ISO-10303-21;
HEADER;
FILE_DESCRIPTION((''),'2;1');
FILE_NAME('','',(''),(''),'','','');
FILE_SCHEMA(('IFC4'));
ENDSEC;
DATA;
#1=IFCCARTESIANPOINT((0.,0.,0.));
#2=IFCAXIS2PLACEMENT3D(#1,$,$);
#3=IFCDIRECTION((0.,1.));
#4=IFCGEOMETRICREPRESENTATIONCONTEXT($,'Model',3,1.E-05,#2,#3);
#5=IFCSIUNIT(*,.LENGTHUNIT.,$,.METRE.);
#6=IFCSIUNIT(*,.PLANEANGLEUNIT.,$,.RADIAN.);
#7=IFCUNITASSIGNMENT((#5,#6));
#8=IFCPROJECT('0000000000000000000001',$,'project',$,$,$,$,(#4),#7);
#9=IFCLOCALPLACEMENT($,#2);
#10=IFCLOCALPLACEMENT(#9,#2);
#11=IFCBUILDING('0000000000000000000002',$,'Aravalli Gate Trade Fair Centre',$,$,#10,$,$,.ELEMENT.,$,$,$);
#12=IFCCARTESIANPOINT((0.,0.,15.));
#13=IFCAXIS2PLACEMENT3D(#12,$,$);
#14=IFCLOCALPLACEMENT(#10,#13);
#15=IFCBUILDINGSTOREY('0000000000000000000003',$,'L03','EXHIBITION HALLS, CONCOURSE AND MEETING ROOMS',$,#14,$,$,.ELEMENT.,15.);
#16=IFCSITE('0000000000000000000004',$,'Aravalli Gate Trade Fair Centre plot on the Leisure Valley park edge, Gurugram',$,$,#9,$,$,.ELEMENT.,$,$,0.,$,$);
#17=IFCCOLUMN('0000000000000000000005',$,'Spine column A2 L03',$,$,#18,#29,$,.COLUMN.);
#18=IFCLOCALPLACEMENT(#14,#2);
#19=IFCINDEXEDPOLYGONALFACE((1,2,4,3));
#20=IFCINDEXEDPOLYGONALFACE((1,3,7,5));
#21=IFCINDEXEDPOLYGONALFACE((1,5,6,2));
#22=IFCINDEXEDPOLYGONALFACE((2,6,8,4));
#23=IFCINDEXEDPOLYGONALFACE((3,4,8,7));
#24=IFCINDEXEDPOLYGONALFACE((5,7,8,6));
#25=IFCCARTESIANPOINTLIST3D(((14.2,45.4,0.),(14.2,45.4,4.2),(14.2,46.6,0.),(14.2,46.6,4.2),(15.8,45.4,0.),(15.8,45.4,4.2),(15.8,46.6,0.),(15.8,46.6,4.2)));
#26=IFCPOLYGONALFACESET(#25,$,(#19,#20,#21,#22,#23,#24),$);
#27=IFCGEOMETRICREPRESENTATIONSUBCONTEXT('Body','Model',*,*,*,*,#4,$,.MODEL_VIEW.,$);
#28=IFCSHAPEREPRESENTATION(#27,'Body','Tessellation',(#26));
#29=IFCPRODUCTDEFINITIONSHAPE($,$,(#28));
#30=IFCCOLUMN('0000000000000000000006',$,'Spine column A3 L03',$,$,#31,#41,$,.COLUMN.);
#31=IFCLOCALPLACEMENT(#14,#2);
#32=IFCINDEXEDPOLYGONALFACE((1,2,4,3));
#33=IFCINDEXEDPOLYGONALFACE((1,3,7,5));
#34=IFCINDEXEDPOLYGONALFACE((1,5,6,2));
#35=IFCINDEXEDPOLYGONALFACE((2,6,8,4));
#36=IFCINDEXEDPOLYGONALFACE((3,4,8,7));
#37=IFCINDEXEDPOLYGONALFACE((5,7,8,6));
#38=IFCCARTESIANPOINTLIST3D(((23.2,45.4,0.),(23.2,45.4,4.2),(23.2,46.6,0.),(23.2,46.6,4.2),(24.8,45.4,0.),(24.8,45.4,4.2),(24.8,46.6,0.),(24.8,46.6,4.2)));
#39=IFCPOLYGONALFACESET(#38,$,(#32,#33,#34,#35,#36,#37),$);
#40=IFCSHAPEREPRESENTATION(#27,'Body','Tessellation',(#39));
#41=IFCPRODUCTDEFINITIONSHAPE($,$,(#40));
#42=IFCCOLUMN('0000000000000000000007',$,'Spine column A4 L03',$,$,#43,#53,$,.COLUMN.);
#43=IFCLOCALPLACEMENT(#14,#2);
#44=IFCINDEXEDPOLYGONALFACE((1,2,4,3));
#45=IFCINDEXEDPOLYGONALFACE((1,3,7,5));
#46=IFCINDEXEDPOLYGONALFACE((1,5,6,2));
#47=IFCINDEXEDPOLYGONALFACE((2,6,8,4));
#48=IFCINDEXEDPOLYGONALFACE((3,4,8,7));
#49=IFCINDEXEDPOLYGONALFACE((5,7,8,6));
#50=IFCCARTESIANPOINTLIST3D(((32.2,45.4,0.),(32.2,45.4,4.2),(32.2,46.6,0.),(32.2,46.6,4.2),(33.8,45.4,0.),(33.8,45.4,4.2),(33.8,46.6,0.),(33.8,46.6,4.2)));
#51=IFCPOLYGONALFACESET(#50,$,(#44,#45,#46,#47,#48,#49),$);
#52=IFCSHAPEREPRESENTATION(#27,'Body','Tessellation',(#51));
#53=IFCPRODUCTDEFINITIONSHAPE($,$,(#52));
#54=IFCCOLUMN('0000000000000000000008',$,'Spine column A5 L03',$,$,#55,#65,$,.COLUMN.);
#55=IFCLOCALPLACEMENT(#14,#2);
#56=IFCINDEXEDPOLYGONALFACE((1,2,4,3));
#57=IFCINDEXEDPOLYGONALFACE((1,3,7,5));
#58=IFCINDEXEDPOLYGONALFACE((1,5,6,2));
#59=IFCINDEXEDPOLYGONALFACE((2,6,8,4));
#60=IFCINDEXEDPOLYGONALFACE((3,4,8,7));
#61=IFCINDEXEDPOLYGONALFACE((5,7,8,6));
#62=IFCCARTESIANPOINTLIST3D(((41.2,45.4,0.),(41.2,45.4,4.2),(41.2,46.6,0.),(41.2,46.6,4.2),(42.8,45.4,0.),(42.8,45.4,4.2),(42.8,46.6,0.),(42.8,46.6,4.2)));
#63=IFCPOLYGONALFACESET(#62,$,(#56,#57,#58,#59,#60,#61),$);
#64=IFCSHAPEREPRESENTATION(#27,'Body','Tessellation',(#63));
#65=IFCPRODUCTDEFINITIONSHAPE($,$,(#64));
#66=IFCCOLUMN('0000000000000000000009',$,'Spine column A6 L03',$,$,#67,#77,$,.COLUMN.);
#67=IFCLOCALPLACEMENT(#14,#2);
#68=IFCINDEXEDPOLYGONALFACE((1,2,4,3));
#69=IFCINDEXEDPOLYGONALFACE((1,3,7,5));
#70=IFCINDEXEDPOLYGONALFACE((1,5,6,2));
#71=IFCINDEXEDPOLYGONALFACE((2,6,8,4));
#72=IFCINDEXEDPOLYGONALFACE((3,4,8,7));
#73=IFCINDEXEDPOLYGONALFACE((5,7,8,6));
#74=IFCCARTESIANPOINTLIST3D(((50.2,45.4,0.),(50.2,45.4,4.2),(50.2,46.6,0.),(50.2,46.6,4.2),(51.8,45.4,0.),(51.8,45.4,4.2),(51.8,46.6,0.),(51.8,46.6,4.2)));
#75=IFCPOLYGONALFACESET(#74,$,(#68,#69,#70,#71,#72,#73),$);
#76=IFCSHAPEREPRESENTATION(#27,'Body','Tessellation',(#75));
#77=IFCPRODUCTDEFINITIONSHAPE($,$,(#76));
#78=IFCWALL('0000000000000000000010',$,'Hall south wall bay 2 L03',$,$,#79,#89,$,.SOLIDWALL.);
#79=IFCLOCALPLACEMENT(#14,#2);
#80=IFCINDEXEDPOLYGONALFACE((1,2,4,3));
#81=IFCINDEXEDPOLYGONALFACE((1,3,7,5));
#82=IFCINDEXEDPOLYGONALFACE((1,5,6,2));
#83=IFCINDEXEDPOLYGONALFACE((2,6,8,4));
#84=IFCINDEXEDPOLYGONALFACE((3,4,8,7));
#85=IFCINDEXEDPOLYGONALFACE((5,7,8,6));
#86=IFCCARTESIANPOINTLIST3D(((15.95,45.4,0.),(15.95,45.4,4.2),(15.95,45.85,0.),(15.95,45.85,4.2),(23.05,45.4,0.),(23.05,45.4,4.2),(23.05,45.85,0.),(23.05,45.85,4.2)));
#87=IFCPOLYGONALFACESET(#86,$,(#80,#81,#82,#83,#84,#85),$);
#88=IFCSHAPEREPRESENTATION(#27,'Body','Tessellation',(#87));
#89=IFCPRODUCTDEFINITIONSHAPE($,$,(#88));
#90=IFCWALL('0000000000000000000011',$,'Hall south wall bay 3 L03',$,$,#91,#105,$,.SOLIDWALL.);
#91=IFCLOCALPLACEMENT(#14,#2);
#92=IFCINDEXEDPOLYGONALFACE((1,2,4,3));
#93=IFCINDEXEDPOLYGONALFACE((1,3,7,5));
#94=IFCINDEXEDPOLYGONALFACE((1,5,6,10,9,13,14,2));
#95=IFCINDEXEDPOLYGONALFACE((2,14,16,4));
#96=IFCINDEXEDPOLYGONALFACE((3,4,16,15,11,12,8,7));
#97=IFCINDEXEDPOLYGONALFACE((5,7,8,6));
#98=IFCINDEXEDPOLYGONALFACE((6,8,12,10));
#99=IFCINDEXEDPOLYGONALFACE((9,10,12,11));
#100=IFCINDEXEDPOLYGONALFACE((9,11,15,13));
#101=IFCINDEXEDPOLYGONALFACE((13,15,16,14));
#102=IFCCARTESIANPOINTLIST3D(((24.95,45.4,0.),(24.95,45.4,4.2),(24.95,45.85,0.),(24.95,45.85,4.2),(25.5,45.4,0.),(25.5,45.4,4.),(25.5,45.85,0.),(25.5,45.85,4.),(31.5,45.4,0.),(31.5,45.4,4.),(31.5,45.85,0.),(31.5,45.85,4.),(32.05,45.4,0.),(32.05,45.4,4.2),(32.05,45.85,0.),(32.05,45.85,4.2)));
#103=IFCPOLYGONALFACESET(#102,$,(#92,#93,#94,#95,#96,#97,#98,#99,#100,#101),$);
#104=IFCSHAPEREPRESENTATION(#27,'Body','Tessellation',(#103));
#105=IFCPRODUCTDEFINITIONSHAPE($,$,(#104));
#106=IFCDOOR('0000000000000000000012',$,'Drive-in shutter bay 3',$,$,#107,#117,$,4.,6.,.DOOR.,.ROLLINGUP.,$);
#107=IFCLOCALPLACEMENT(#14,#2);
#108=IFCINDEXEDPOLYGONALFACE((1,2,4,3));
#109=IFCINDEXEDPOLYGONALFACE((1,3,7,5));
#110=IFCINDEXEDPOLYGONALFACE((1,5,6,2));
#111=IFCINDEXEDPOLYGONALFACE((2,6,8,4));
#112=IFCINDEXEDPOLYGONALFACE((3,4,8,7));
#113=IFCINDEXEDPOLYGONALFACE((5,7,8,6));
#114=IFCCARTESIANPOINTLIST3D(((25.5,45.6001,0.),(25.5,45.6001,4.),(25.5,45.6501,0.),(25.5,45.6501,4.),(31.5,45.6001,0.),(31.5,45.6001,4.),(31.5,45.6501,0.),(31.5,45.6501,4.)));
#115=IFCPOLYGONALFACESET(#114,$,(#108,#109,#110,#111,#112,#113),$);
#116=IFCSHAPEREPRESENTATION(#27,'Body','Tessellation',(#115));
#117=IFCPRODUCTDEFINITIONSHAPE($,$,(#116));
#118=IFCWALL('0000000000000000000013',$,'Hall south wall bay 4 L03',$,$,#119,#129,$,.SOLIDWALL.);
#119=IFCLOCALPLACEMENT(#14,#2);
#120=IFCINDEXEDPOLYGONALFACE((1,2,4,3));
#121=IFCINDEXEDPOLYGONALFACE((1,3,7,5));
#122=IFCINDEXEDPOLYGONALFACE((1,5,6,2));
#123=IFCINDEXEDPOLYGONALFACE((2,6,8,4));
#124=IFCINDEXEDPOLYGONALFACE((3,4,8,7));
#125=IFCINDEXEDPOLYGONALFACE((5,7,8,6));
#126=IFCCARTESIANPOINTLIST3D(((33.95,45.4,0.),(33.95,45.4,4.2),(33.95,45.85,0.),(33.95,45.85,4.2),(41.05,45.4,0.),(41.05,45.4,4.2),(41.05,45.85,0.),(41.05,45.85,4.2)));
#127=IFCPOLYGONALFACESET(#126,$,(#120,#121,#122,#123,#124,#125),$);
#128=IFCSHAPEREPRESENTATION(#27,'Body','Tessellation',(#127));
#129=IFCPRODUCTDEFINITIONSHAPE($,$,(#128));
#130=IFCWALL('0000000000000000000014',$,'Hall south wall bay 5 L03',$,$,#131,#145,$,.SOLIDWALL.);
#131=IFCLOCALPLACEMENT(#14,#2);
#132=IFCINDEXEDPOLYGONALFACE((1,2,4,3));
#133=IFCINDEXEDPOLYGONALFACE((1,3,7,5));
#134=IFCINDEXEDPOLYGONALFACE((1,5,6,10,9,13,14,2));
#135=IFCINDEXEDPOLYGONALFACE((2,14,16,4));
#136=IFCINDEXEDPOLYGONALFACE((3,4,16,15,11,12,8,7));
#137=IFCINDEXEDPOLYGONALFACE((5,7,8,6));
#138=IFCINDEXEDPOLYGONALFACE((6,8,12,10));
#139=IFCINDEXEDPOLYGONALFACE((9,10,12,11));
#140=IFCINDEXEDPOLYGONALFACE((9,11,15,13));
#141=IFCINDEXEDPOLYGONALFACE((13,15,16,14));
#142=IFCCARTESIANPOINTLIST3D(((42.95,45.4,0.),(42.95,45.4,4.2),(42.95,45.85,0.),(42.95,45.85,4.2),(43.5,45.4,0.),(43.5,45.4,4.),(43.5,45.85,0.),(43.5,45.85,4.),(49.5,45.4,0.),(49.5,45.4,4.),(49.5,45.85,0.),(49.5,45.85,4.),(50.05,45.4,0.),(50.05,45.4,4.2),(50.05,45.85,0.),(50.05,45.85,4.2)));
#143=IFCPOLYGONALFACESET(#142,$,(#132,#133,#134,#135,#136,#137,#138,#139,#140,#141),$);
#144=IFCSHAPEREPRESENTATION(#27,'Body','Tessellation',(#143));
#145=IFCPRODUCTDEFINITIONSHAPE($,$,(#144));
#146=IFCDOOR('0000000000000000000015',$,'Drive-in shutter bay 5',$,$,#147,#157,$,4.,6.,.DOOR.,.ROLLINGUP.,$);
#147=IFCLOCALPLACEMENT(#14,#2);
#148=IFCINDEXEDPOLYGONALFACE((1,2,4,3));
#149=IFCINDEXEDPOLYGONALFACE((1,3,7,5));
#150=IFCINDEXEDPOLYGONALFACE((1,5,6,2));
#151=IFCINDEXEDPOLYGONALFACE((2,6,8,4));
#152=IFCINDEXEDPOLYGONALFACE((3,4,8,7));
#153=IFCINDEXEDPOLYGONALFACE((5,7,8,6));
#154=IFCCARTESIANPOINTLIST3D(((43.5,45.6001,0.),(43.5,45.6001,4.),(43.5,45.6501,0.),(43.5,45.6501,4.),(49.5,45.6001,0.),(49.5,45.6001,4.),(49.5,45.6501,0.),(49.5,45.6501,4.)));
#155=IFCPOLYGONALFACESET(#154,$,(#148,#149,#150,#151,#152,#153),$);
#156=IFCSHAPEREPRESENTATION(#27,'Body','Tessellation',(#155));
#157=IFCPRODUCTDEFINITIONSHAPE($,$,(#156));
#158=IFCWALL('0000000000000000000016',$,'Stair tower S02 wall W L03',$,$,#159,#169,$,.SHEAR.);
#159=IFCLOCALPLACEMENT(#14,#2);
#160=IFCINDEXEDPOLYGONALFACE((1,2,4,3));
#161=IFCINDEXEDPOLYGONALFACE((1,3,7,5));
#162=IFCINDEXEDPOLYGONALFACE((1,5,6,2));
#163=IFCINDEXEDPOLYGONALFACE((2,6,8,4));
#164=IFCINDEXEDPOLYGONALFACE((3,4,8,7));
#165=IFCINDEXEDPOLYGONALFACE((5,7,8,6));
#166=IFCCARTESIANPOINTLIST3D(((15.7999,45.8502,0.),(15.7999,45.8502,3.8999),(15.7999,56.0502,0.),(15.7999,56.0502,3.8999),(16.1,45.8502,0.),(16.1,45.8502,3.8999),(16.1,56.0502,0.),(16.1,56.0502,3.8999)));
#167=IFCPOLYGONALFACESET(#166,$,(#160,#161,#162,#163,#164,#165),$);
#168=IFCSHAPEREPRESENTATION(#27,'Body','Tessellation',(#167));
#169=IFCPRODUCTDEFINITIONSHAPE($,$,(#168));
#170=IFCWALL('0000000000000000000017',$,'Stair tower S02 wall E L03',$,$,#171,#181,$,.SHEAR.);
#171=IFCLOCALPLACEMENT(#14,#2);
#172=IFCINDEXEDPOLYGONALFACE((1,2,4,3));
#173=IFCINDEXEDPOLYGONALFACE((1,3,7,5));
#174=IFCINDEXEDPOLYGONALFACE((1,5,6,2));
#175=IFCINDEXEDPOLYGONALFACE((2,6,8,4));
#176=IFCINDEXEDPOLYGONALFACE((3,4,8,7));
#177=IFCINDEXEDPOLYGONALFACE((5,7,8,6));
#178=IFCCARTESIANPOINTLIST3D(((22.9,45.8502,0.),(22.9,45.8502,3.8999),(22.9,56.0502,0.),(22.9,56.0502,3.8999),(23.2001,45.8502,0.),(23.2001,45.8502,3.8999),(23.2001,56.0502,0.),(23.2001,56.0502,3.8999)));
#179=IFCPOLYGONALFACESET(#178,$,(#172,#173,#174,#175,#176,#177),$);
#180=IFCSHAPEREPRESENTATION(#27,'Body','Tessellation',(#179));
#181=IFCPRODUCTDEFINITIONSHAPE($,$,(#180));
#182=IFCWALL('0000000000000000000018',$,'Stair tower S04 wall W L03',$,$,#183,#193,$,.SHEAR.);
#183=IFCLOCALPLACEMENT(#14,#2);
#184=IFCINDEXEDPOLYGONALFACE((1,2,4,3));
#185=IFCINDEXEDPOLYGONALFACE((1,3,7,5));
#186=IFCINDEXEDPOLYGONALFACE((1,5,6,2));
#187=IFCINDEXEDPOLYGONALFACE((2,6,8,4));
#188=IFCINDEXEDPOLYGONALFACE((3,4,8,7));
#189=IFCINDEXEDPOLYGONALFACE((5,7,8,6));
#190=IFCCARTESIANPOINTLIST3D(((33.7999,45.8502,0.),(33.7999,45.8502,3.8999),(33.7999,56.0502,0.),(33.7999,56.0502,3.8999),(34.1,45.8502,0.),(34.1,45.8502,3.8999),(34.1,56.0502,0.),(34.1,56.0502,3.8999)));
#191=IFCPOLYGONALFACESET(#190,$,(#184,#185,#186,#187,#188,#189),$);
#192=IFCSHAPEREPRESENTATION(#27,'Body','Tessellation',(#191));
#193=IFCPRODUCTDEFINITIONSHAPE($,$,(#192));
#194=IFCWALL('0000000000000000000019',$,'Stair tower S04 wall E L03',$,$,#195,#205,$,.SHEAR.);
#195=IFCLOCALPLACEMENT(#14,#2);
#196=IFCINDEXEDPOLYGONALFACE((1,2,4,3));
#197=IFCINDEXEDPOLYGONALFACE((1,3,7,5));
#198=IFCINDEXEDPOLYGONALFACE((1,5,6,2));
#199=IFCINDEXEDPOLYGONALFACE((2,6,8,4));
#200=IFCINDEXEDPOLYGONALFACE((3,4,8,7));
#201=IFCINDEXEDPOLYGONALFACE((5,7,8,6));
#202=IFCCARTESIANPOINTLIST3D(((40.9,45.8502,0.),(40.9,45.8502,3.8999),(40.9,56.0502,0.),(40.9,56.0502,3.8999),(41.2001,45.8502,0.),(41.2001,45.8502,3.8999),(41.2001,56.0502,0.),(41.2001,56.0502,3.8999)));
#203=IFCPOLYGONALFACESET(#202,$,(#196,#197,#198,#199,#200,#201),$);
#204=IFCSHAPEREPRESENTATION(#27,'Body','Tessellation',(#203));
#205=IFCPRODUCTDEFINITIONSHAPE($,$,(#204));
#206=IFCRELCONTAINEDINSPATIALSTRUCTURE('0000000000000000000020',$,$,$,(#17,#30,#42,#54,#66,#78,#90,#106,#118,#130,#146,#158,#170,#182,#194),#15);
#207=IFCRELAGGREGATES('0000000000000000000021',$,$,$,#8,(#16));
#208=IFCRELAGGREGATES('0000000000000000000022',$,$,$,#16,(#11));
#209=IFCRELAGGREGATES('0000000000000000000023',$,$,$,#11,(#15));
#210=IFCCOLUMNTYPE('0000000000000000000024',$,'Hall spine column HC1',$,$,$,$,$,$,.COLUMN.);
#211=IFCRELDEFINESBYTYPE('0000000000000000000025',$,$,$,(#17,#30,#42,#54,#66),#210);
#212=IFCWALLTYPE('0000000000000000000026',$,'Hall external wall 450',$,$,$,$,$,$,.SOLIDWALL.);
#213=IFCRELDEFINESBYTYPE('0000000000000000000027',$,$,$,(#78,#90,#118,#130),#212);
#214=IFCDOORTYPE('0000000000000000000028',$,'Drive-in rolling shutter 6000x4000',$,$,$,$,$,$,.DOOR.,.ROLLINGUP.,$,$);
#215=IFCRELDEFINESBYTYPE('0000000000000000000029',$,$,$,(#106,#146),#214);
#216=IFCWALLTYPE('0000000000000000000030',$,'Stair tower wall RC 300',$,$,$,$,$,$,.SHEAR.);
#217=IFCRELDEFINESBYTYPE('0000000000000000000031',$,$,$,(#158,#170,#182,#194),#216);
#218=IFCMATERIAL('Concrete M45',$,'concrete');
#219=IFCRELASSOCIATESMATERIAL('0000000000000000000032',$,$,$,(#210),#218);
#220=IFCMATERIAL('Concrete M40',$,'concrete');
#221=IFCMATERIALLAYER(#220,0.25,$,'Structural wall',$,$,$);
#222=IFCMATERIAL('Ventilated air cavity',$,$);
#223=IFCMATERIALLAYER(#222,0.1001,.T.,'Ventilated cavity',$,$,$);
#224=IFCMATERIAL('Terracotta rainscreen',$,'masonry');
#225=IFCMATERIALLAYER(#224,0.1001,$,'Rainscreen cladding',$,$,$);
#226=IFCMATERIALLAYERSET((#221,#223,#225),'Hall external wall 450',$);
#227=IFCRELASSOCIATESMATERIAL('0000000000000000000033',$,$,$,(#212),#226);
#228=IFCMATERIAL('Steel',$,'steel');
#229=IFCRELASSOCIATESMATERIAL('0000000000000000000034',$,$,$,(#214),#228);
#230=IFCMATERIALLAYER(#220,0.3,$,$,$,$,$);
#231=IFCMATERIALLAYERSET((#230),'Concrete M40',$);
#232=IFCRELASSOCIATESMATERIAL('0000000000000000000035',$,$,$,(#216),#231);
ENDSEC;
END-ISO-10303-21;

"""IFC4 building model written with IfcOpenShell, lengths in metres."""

from ifc_helpers import new_model, si_unit, direction, frame, frame_2d, origin, origin_2d, place, context, subcontext, project, spatial, rectangle, extrude, material, layer, layer_set, material_profile, profile_set, type_object, element, fill, save


model = new_model("IFC4")

# Units and contexts
model_context = context("Model", 3, precision=1e-05, world=origin(), true_north=direction((0.0, 1.0)))
body_context = subcontext(model_context, "Body", "Model", "MODEL_VIEW")
ifc_project = project(units=[si_unit("LENGTHUNIT", "METRE"), si_unit("PLANEANGLEUNIT", "RADIAN")], contexts=[model_context])

# Site, building, storey
site_placement = place(None, origin())
site = spatial("IfcSite", under=ifc_project, at=site_placement, Name="Aravalli Gate Trade Fair Centre plot on the Leisure Valley park edge, Gurugram", CompositionType="ELEMENT", RefElevation=0.0)
building_placement = place(site_placement, origin())
building = spatial("IfcBuilding", under=site, at=building_placement, Name="Aravalli Gate Trade Fair Centre", CompositionType="ELEMENT")
storey_placement = place(building_placement, frame((0.0, 0.0, 15.0)))
storey = spatial("IfcBuildingStorey", under=building, at=storey_placement, Name="L03", Description="EXHIBITION HALLS, CONCOURSE AND MEETING ROOMS", CompositionType="ELEMENT", Elevation=15.0)

# Columns
ifc_material_1 = material(Name="Concrete M45", Category="concrete")
ifc_material_profile = material_profile(ifc_material_1, rectangle(XDim=1.6001, YDim=1.2, at=origin_2d()), Name="RC 1600x1200")
ifc_profile_set = profile_set([ifc_material_profile], Name="Concrete M45")
column_type = type_object("IfcColumnType", Name="Hall spine column HC1", PredefinedType="COLUMN", material=ifc_profile_set)
for number, where, z_axis, x_axis, name in (
    (1, (15.0, 46.0, 0.0), (0.0, 0.0, 1.0), (1.0, 0.0, 0.0), "Spine column A2 L03"),
    (2, (24.0, 46.0, 0.0), (0.0, 0.0, 1.0), (1.0, 0.0, 0.0), "Spine column A3 L03"),
    (3, (33.0, 46.0, 0.0), (0.0, 0.0, 1.0), (1.0, 0.0, 0.0), "Spine column A4 L03"),
    (4, (42.0, 46.0, 0.0), (0.0, 0.0, 1.0), (1.0, 0.0, 0.0), "Spine column A5 L03"),
    (5, (51.0, 46.0, 0.0), (0.0, 0.0, 1.0), (1.0, 0.0, 0.0), "Spine column A6 L03"),
):
    element("IfcColumn", number, at=place(storey_placement, frame(where, z_axis=z_axis, x_axis=x_axis)), inside=storey, type_object=column_type, Name=name, PredefinedType="COLUMN", context=body_context, shape_type="SweptSolid", body=[
        extrude(rectangle(XDim=1.6001, YDim=1.2, at=origin_2d()), origin(), (0.0, 0.0, 1.0), 4.2),
    ])

# Wall
ifc_material_2 = material(Name="Concrete M40", Category="concrete")
ifc_layer_1 = layer(ifc_material_2, 0.25, Name="Structural wall")
ifc_material_3 = material(Name="Ventilated air cavity")
ifc_layer_2 = layer(ifc_material_3, 0.1001, ventilated=True, Name="Ventilated cavity")
ifc_material_4 = material(Name="Terracotta rainscreen", Category="masonry")
ifc_layer_3 = layer(ifc_material_4, 0.1001, Name="Rainscreen cladding")
ifc_layer_set_1 = layer_set([ifc_layer_1, ifc_layer_2, ifc_layer_3], Name="Hall external wall 450")
wall_type_1 = type_object("IfcWallType", Name="Hall external wall 450", PredefinedType="SOLIDWALL", material=ifc_layer_set_1)
wall_1_placement = place(storey_placement, frame((15.95, 45.625, 0.0), z_axis=(0.0, 0.0, 1.0), x_axis=(1.0, 0.0, 0.0)))
element("IfcWall", 6, at=wall_1_placement, inside=storey, type_object=wall_type_1, Name="Hall south wall bay 2 L03", PredefinedType="SOLIDWALL", context=body_context, shape_type="SweptSolid", body=[
    extrude(rectangle(XDim=7.1001, YDim=0.45, at=frame_2d((3.55, 0.0))), origin(), (0.0, 0.0, 1.0), 4.2),
])

# Wall, opening, door
wall_2_placement = place(storey_placement, frame((24.95, 45.625, 0.0), z_axis=(0.0, 0.0, 1.0), x_axis=(1.0, 0.0, 0.0)))
wall_2 = element("IfcWall", 7, at=wall_2_placement, inside=storey, type_object=wall_type_1, Name="Hall south wall bay 3 L03", PredefinedType="SOLIDWALL", context=body_context, shape_type="SweptSolid", body=[
    extrude(rectangle(XDim=7.1001, YDim=0.45, at=frame_2d((3.55, 0.0))), origin(), (0.0, 0.0, 1.0), 4.2),
])
opening_1_placement = place(wall_2_placement, frame((0.55, 0.0, 0.0)))
opening_1 = element("IfcOpeningElement", 8, at=opening_1_placement, cuts=wall_2, PredefinedType="OPENING", context=body_context, shape_type="SweptSolid", body=[
    extrude(rectangle(XDim=6.0, YDim=4.0, at=frame_2d((3.0, 2.0))), frame((0.0, 0.2349, 0.0), z_axis=(0.0, -1.0, 0.0), x_axis=(1.0, 0.0, 0.0)), (0.0, 0.0, 1.0), 0.47),
])
ifc_material_5 = material(Name="Steel", Category="steel")
door_type = type_object("IfcDoorType", Name="Drive-in rolling shutter 6000x4000", OperationType="ROLLINGUP", PredefinedType="DOOR", material=ifc_material_5)
door_1_placement = place(opening_1_placement, frame((6.0, 0.0, 0.0), z_axis=(0.0, 0.0, 1.0), x_axis=(-1.0, 0.0, 0.0)))
door_1 = element("IfcDoor", 9, at=door_1_placement, inside=storey, type_object=door_type, Name="Drive-in shutter bay 3", OperationType="ROLLINGUP", OverallHeight=4.0, OverallWidth=6.0, PredefinedType="DOOR", context=body_context, shape_type="SweptSolid", body=[
    extrude(rectangle(XDim=6.0, YDim=4.0, at=frame_2d((3.0, 2.0))), frame((0.0, 0.0249, 0.0), z_axis=(0.0, -1.0, 0.0), x_axis=(1.0, 0.0, 0.0)), (0.0, 0.0, 1.0), 0.05),
])
fill(opening_1, door_1)

# Wall
wall_3_placement = place(storey_placement, frame((33.95, 45.625, 0.0), z_axis=(0.0, 0.0, 1.0), x_axis=(1.0, 0.0, 0.0)))
element("IfcWall", 10, at=wall_3_placement, inside=storey, type_object=wall_type_1, Name="Hall south wall bay 4 L03", PredefinedType="SOLIDWALL", context=body_context, shape_type="SweptSolid", body=[
    extrude(rectangle(XDim=7.1001, YDim=0.45, at=frame_2d((3.55, 0.0))), origin(), (0.0, 0.0, 1.0), 4.2),
])

# Wall, opening, door
wall_4_placement = place(storey_placement, frame((42.95, 45.625, 0.0), z_axis=(0.0, 0.0, 1.0), x_axis=(1.0, 0.0, 0.0)))
wall_4 = element("IfcWall", 11, at=wall_4_placement, inside=storey, type_object=wall_type_1, Name="Hall south wall bay 5 L03", PredefinedType="SOLIDWALL", context=body_context, shape_type="SweptSolid", body=[
    extrude(rectangle(XDim=7.1001, YDim=0.45, at=frame_2d((3.55, 0.0))), origin(), (0.0, 0.0, 1.0), 4.2),
])
opening_2_placement = place(wall_4_placement, frame((0.55, 0.0, 0.0)))
opening_2 = element("IfcOpeningElement", 12, at=opening_2_placement, cuts=wall_4, PredefinedType="OPENING", context=body_context, shape_type="SweptSolid", body=[
    extrude(rectangle(XDim=6.0, YDim=4.0, at=frame_2d((3.0, 2.0))), frame((0.0, 0.2349, 0.0), z_axis=(0.0, -1.0, 0.0), x_axis=(1.0, 0.0, 0.0)), (0.0, 0.0, 1.0), 0.47),
])
door_2_placement = place(opening_2_placement, frame((6.0, 0.0, 0.0), z_axis=(0.0, 0.0, 1.0), x_axis=(-1.0, 0.0, 0.0)))
door_2 = element("IfcDoor", 13, at=door_2_placement, inside=storey, type_object=door_type, Name="Drive-in shutter bay 5", OperationType="ROLLINGUP", OverallHeight=4.0, OverallWidth=6.0, PredefinedType="DOOR", context=body_context, shape_type="SweptSolid", body=[
    extrude(rectangle(XDim=6.0, YDim=4.0, at=frame_2d((3.0, 2.0))), frame((0.0, 0.0249, 0.0), z_axis=(0.0, -1.0, 0.0), x_axis=(1.0, 0.0, 0.0)), (0.0, 0.0, 1.0), 0.05),
])
fill(opening_2, door_2)

# Walls
ifc_layer_4 = layer(ifc_material_2, 0.3)
ifc_layer_set_2 = layer_set([ifc_layer_4], Name="Concrete M40")
wall_type_2 = type_object("IfcWallType", Name="Stair tower wall RC 300", PredefinedType="SHEAR", material=ifc_layer_set_2)
for number, where, z_axis, x_axis, name in (
    (14, (15.95, 45.8501, 0.0), (0.0, 0.0, 1.0), (0.0, 1.0, 0.0), "Stair tower S02 wall W L03"),
    (15, (23.05, 45.8501, 0.0), (0.0, 0.0, 1.0), (0.0, 1.0, 0.0), "Stair tower S02 wall E L03"),
    (16, (33.95, 45.8501, 0.0), (0.0, 0.0, 1.0), (0.0, 1.0, 0.0), "Stair tower S04 wall W L03"),
    (17, (41.05, 45.8501, 0.0), (0.0, 0.0, 1.0), (0.0, 1.0, 0.0), "Stair tower S04 wall E L03"),
):
    element("IfcWall", number, at=place(storey_placement, frame(where, z_axis=z_axis, x_axis=x_axis)), inside=storey, type_object=wall_type_2, Name=name, PredefinedType="SHEAR", context=body_context, shape_type="SweptSolid", body=[
        extrude(rectangle(XDim=10.2, YDim=0.3, at=frame_2d((5.1001, 0.0))), origin(), (0.0, 0.0, 1.0), 3.8999),
    ])

save(model, "model.ifc")
